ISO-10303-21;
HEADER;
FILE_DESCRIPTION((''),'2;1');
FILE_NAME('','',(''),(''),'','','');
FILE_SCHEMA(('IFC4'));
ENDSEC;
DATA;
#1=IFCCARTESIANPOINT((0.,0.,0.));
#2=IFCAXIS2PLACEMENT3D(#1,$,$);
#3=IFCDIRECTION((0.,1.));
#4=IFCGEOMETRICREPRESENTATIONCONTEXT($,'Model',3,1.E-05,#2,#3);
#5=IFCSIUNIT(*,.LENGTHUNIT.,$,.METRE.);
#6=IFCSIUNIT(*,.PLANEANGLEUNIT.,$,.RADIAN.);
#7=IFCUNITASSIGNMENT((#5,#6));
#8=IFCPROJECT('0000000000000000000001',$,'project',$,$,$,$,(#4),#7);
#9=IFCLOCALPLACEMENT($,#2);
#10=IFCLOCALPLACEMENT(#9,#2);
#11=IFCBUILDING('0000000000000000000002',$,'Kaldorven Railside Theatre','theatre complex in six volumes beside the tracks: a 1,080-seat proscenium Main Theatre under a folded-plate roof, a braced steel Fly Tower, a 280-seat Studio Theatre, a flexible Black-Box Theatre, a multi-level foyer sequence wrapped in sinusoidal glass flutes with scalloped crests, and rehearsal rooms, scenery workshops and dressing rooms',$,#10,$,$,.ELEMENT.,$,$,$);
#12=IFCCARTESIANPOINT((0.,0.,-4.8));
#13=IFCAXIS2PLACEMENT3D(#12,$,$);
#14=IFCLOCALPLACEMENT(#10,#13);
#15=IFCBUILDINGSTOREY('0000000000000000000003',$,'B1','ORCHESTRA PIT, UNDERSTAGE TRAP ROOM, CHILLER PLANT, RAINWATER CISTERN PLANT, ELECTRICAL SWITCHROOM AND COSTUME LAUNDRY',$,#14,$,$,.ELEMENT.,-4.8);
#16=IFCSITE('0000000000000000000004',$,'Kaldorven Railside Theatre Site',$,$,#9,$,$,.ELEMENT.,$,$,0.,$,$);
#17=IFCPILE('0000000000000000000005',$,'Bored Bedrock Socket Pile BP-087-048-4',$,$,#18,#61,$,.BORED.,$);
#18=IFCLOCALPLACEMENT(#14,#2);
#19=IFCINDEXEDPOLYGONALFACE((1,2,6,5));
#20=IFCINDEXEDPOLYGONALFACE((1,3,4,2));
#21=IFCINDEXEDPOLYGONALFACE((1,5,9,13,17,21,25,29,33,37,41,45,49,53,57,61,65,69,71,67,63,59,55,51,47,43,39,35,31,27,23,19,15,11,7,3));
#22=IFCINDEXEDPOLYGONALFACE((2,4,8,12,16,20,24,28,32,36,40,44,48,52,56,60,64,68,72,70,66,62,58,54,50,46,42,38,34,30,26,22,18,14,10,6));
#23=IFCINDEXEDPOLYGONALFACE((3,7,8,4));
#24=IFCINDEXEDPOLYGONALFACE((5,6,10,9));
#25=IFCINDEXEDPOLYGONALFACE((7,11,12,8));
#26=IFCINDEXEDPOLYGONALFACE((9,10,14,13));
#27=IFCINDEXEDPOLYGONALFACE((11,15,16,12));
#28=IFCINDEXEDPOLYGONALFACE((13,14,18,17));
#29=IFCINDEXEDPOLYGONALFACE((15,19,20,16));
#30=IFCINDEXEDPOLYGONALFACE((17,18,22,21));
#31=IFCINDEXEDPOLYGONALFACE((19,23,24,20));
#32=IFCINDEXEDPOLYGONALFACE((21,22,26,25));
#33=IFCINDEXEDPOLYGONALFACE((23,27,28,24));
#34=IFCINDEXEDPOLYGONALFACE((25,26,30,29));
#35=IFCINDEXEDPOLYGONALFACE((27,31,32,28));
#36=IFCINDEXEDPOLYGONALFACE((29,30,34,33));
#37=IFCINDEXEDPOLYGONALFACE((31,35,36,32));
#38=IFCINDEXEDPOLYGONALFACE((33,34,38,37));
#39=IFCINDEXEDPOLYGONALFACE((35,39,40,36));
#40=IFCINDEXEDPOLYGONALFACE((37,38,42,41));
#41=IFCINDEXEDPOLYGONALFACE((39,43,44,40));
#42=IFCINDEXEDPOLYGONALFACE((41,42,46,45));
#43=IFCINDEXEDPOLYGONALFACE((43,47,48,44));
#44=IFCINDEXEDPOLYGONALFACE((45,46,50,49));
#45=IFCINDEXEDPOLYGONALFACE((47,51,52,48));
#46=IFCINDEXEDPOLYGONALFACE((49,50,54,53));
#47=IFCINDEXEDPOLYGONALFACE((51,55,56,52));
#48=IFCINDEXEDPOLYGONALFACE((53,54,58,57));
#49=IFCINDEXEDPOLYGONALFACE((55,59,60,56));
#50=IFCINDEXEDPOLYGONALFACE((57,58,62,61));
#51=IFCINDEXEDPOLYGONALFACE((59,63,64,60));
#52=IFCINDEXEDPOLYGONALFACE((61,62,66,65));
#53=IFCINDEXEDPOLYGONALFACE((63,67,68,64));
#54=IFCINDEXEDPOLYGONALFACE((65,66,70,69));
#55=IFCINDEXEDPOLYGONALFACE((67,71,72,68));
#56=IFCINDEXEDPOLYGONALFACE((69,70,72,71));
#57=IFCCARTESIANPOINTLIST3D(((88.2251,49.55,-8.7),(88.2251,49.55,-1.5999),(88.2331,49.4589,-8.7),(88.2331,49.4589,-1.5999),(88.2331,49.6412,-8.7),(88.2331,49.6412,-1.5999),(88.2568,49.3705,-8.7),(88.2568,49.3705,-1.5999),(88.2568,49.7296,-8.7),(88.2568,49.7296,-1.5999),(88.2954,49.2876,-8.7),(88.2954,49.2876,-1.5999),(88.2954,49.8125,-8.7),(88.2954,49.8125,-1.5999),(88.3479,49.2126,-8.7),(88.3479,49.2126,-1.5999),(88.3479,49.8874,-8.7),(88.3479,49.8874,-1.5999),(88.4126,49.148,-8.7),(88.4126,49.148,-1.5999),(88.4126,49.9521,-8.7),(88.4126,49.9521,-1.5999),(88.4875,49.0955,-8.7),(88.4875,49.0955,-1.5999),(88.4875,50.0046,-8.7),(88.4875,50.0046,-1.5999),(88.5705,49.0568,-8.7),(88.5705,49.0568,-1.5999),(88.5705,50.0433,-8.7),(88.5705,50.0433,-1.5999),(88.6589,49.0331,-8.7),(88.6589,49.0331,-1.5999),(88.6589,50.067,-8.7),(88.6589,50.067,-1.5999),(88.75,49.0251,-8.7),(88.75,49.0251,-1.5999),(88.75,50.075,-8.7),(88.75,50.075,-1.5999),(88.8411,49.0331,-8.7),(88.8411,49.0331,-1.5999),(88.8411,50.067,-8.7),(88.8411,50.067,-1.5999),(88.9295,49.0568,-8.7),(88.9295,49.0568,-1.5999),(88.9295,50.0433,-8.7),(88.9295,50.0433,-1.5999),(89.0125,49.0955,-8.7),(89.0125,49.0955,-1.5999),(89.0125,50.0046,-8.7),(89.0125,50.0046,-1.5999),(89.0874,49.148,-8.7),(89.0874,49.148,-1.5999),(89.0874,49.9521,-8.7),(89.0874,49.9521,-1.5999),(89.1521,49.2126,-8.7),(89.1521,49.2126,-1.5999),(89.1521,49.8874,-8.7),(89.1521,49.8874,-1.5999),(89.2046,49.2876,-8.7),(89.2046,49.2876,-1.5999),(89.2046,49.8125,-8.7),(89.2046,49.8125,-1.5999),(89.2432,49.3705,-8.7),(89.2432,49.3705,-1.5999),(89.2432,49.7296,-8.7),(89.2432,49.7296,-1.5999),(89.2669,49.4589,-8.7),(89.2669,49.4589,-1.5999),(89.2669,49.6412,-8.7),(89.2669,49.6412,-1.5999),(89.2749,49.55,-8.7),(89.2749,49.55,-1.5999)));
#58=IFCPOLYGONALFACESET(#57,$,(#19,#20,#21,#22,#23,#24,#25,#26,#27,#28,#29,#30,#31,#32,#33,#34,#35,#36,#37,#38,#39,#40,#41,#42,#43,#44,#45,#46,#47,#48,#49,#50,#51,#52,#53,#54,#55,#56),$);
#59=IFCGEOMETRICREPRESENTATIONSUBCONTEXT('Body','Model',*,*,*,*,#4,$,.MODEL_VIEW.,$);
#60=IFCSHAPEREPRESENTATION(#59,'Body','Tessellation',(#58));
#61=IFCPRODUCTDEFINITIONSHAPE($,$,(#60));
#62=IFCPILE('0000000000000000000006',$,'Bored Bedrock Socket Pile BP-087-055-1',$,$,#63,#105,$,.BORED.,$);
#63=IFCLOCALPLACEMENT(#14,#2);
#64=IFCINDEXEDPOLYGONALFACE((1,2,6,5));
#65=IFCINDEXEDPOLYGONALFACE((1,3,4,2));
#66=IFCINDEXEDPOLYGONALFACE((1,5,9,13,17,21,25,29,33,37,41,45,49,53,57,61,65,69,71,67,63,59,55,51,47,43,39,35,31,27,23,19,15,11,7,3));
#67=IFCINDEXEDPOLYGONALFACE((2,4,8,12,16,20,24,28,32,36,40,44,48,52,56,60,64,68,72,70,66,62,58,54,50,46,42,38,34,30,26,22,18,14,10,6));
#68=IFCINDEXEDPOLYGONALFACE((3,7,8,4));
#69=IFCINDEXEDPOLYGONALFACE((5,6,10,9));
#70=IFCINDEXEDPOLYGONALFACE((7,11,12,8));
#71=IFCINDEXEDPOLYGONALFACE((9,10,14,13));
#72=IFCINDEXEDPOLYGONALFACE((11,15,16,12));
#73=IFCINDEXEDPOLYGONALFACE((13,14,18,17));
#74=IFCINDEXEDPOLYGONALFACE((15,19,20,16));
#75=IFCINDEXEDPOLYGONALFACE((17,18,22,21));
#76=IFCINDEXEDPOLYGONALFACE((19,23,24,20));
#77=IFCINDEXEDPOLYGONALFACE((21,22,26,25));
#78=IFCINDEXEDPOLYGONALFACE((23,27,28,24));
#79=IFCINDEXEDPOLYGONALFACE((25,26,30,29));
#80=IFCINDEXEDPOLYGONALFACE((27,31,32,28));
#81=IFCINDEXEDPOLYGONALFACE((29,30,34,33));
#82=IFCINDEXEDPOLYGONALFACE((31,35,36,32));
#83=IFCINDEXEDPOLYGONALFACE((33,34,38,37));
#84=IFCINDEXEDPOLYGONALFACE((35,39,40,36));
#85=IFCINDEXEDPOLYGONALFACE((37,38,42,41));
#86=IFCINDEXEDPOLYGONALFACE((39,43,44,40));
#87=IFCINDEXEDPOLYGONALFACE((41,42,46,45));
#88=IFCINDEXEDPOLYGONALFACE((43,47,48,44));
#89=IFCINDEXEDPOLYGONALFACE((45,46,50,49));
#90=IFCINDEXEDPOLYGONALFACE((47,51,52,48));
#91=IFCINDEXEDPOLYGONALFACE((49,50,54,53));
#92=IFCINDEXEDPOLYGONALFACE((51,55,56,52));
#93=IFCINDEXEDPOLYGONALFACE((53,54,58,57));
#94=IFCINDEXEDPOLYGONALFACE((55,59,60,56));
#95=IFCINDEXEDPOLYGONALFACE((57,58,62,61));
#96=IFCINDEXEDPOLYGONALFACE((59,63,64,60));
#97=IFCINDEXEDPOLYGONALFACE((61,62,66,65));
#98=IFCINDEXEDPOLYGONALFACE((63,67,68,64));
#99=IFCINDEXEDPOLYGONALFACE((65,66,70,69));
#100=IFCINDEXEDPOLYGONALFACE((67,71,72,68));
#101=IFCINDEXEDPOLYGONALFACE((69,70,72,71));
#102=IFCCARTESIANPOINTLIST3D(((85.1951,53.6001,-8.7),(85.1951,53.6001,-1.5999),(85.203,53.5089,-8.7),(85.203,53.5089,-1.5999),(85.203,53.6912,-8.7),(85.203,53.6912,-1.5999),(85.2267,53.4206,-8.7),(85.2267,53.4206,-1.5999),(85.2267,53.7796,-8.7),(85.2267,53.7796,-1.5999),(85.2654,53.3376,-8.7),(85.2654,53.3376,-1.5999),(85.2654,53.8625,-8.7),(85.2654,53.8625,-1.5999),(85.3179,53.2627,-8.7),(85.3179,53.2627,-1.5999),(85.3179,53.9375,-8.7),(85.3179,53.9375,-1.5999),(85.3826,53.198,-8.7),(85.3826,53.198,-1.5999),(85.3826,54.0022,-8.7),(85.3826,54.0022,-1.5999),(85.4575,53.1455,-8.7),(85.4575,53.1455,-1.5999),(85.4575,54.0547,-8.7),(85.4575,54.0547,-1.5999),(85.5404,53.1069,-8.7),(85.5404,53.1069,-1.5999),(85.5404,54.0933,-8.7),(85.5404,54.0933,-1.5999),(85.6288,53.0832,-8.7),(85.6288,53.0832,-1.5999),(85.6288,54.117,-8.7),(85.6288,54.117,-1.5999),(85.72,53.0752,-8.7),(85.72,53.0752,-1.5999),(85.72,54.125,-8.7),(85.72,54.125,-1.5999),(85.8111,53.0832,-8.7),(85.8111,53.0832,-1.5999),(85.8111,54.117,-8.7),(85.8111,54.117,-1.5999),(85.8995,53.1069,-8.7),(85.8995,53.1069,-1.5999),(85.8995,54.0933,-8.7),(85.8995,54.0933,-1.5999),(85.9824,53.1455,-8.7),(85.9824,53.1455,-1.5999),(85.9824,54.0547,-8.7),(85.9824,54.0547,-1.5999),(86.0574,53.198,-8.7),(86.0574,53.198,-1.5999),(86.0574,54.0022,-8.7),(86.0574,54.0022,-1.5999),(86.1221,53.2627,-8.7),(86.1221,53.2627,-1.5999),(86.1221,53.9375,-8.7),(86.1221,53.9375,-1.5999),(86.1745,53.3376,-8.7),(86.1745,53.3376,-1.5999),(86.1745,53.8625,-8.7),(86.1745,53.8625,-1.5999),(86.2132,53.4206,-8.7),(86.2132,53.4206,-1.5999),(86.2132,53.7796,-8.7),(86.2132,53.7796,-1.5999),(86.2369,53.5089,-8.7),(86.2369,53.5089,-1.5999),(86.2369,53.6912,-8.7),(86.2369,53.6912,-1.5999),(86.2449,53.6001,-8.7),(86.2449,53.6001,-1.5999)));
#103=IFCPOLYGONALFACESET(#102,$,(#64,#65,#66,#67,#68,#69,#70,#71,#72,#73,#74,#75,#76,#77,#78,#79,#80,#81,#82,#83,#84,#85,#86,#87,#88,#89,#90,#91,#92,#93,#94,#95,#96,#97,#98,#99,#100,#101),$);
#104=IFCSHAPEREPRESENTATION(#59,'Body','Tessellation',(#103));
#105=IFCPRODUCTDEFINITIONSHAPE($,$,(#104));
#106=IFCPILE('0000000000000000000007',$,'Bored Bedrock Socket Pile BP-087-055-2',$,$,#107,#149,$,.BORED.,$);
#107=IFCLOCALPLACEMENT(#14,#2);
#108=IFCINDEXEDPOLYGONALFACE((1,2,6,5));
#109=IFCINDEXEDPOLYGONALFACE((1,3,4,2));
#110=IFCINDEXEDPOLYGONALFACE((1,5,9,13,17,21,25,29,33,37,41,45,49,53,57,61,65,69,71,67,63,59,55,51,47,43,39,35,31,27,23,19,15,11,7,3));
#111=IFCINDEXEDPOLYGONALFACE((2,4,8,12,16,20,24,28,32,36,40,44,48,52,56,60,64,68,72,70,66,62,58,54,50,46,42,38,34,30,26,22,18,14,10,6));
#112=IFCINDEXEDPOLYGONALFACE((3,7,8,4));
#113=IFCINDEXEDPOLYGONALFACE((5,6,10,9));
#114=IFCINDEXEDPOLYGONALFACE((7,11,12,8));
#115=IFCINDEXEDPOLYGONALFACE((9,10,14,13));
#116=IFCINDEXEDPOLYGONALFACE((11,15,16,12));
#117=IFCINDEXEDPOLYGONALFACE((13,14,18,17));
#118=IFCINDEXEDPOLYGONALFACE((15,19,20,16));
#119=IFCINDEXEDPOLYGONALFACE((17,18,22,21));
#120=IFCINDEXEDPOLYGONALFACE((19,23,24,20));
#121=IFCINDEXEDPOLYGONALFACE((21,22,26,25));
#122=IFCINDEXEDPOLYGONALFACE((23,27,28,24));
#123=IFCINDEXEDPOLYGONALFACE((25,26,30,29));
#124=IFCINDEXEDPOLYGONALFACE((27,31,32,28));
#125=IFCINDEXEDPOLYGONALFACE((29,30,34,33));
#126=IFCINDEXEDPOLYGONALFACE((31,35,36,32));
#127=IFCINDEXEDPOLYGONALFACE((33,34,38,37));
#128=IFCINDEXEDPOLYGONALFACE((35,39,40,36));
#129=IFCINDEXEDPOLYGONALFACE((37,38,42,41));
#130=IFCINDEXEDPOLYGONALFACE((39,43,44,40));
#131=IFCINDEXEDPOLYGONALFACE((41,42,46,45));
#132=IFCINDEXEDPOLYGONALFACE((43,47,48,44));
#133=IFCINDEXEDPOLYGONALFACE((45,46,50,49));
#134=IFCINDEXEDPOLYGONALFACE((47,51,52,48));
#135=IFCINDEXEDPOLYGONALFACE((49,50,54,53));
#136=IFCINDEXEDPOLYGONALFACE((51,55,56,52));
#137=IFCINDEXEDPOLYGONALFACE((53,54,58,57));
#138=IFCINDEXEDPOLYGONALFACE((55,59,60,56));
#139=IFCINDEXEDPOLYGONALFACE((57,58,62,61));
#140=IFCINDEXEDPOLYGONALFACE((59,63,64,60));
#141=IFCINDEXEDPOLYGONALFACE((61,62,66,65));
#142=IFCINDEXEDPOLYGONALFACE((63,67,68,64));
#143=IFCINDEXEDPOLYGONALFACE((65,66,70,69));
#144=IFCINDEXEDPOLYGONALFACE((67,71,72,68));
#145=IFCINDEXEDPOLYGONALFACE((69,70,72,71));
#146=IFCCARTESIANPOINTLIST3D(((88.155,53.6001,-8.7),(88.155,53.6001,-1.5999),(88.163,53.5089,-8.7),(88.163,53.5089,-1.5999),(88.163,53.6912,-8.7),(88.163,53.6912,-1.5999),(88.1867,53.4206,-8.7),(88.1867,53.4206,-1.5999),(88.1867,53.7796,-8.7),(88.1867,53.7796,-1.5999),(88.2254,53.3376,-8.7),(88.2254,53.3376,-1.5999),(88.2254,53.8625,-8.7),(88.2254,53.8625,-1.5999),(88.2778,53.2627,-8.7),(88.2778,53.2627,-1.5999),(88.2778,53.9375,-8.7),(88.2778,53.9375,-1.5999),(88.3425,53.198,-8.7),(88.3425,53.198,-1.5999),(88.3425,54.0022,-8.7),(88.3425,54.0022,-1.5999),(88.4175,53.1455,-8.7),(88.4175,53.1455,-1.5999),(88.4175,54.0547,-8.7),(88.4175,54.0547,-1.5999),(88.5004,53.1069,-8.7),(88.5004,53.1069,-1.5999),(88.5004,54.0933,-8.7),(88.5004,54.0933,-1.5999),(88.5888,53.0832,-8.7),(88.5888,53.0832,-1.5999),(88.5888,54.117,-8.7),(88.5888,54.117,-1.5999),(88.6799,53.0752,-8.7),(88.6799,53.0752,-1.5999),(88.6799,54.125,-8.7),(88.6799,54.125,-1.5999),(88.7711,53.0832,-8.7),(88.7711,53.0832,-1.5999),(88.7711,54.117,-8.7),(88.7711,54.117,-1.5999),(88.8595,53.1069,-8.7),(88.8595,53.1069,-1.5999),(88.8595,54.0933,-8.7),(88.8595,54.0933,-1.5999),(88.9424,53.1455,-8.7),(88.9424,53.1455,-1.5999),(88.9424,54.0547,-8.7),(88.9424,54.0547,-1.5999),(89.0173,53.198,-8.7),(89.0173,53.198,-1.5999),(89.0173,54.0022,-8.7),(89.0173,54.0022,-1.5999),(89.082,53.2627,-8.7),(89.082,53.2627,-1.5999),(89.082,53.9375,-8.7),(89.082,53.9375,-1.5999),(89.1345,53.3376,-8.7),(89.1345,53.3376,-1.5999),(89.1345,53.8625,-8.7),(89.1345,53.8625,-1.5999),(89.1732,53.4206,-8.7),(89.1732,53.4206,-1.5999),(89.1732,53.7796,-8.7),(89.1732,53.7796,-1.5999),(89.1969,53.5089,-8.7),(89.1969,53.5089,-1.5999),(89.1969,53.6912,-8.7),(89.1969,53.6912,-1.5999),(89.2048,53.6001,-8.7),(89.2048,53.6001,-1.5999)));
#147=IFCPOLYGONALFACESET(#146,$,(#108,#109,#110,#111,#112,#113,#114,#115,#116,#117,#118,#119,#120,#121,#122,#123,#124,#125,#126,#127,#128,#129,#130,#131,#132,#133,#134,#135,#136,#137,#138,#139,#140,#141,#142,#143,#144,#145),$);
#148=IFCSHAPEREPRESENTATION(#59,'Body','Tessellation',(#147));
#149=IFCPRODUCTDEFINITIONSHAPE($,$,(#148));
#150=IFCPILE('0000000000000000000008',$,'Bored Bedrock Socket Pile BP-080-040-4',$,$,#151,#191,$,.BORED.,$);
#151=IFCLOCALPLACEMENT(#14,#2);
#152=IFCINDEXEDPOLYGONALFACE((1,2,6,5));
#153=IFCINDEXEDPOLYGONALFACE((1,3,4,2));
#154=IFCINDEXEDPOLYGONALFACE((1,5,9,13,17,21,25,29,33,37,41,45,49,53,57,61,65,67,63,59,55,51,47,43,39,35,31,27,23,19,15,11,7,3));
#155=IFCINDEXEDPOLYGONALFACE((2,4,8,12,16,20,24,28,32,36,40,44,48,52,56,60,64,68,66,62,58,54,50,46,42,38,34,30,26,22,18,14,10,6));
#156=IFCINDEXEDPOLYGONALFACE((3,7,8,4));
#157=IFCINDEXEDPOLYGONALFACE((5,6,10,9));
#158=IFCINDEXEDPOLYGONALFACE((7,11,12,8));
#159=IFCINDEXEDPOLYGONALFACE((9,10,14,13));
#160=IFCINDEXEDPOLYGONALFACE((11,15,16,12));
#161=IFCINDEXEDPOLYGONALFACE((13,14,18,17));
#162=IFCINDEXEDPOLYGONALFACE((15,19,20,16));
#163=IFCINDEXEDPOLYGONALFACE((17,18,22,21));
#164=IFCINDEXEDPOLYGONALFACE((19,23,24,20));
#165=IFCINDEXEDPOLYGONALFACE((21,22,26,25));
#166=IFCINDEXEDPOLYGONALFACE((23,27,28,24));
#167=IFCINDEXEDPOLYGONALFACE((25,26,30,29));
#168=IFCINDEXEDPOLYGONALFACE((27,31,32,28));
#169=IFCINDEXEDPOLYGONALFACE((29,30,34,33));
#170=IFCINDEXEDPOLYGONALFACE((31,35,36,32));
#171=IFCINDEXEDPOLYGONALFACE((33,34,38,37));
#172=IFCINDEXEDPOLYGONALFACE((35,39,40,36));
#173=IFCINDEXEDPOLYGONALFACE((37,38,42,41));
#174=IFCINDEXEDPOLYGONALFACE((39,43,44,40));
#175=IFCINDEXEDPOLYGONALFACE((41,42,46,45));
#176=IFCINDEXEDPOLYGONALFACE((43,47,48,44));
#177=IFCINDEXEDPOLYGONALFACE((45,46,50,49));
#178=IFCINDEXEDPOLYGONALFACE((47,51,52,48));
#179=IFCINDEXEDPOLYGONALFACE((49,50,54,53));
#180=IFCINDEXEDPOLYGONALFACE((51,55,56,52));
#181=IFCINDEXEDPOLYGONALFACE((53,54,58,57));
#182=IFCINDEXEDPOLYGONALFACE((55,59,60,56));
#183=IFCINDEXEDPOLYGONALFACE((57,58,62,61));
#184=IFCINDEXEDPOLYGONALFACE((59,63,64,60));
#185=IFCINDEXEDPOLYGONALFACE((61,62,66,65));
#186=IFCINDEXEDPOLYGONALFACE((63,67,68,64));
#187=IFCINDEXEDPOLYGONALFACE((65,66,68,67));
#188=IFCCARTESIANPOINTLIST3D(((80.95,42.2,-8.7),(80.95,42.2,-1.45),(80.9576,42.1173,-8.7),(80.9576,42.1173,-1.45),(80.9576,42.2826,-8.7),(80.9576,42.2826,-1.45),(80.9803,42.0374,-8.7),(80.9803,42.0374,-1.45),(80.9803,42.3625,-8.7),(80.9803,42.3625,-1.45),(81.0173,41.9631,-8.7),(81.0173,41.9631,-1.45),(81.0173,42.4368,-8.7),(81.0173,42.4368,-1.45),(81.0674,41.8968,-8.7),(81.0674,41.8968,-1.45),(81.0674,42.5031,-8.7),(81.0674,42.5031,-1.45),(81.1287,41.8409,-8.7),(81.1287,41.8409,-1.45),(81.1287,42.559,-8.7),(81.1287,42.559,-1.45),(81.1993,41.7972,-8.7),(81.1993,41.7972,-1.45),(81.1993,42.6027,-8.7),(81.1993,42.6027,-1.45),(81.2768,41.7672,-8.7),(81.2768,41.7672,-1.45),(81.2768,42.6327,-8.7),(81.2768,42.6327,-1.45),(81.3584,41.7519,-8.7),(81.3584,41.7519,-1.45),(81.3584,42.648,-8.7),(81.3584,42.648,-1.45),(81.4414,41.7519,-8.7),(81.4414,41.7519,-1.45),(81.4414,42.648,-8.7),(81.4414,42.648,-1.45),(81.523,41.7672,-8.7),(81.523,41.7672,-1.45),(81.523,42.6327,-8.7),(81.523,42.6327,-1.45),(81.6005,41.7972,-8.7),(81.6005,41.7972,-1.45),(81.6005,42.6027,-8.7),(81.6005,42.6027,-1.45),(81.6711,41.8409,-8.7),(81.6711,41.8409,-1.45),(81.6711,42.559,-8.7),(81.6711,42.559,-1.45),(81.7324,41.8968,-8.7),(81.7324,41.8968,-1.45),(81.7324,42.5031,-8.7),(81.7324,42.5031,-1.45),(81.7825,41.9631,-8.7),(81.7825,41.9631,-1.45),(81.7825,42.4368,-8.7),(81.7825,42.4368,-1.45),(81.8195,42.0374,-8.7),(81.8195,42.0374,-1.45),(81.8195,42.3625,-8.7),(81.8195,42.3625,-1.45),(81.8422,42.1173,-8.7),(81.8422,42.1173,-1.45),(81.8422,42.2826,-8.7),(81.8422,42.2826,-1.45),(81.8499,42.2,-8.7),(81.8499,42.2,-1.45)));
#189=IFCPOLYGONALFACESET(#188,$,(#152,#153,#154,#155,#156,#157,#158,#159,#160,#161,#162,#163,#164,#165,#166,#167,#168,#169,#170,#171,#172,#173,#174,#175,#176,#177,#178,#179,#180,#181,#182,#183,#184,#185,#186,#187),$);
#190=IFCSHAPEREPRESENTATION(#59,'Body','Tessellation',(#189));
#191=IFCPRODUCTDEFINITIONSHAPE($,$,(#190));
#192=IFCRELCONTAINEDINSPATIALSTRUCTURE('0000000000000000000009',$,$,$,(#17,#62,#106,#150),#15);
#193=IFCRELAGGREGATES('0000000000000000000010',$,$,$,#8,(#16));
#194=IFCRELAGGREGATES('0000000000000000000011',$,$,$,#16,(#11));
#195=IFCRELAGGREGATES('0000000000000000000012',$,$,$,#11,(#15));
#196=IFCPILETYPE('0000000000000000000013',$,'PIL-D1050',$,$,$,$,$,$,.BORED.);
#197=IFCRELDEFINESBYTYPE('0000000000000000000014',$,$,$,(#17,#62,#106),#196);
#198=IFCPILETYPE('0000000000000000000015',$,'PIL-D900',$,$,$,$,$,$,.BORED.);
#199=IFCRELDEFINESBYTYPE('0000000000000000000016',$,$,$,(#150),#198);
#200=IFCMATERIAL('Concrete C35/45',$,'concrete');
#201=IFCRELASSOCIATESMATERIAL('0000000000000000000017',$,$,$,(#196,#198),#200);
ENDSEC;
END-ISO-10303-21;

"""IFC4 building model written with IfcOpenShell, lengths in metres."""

from ifc_helpers import new_model, si_unit, direction, frame, origin, origin_2d, place, context, subcontext, project, spatial, circle, extrude, material, material_profile, profile_set, type_object, element, save


model = new_model("IFC4")

# Units and contexts
model_context = context("Model", 3, precision=1e-05, world=origin(), true_north=direction((0.0, 1.0)))
body_context = subcontext(model_context, "Body", "Model", "MODEL_VIEW")
ifc_project = project(units=[si_unit("LENGTHUNIT", "METRE"), si_unit("PLANEANGLEUNIT", "RADIAN")], contexts=[model_context])

# Site, building, storey
site_placement = place(None, origin())
site = spatial("IfcSite", under=ifc_project, at=site_placement, Name="Kaldorven Railside Theatre Site", CompositionType="ELEMENT", RefElevation=0.0)
building_placement = place(site_placement, origin())
building = spatial("IfcBuilding", under=site, at=building_placement, Name="Kaldorven Railside Theatre", Description="theatre complex in six volumes beside the tracks: a 1,080-seat proscenium Main Theatre under a folded-plate roof, a braced steel Fly Tower, a 280-seat Studio Theatre, a flexible Black-Box Theatre, a multi-level foyer sequence wrapped in sinusoidal glass flutes with scalloped crests, and rehearsal rooms, scenery workshops and dressing rooms", CompositionType="ELEMENT")
storey_placement = place(building_placement, frame((0.0, 0.0, -4.8)))
storey = spatial("IfcBuildingStorey", under=building, at=storey_placement, Name="B1", Description="ORCHESTRA PIT, UNDERSTAGE TRAP ROOM, CHILLER PLANT, RAINWATER CISTERN PLANT, ELECTRICAL SWITCHROOM AND COSTUME LAUNDRY", CompositionType="ELEMENT", Elevation=-4.8)

# Piles
ifc_material_1 = material(Name="Concrete C35/45", Category="concrete")
ifc_material_profile_1 = material_profile(ifc_material_1, circle(Radius=0.5249, at=origin_2d()), Name="BP D1050")
ifc_profile_set_1 = profile_set([ifc_material_profile_1], Name="Concrete C35/45")
pile_type_1 = type_object("IfcPileType", Name="PIL-D1050", PredefinedType="BORED", material=ifc_profile_set_1)
for number, where, z_axis, x_axis, name in (
    (1, (88.75, 49.55, -1.5999), (0.0, 0.0, -1.0), (1.0, 0.0, 0.0), "Bored Bedrock Socket Pile BP-087-048-4"),
    (2, (85.72, 53.6001, -1.5999), (0.0, 0.0, -1.0), (1.0, 0.0, 0.0), "Bored Bedrock Socket Pile BP-087-055-1"),
    (3, (88.6799, 53.6001, -1.5999), (0.0, 0.0, -1.0), (1.0, 0.0, 0.0), "Bored Bedrock Socket Pile BP-087-055-2"),
):
    element("IfcPile", number, at=place(storey_placement, frame(where, z_axis=z_axis, x_axis=x_axis)), inside=storey, type_object=pile_type_1, Name=name, PredefinedType="BORED", context=body_context, shape_type="SweptSolid", body=[
        extrude(circle(Radius=0.5249, at=origin_2d()), origin(), (0.0, 0.0, 1.0), 7.1001),
    ])
ifc_material_profile_2 = material_profile(ifc_material_1, circle(Radius=0.45, at=origin_2d()), Name="BP D900")
ifc_profile_set_2 = profile_set([ifc_material_profile_2], Name="Concrete C35/45")
pile_type_2 = type_object("IfcPileType", Name="PIL-D900", PredefinedType="BORED", material=ifc_profile_set_2)
pile_1_placement = place(storey_placement, frame((81.3999, 42.2, -1.45), z_axis=(0.0, 0.0, -1.0), x_axis=(1.0, 0.0, 0.0)))
element("IfcPile", 4, at=pile_1_placement, inside=storey, type_object=pile_type_2, Name="Bored Bedrock Socket Pile BP-080-040-4", PredefinedType="BORED", context=body_context, shape_type="SweptSolid", body=[
    extrude(circle(Radius=0.45, at=origin_2d()), origin(), (0.0, 0.0, 1.0), 7.25),
])

save(model, "model.ifc")
